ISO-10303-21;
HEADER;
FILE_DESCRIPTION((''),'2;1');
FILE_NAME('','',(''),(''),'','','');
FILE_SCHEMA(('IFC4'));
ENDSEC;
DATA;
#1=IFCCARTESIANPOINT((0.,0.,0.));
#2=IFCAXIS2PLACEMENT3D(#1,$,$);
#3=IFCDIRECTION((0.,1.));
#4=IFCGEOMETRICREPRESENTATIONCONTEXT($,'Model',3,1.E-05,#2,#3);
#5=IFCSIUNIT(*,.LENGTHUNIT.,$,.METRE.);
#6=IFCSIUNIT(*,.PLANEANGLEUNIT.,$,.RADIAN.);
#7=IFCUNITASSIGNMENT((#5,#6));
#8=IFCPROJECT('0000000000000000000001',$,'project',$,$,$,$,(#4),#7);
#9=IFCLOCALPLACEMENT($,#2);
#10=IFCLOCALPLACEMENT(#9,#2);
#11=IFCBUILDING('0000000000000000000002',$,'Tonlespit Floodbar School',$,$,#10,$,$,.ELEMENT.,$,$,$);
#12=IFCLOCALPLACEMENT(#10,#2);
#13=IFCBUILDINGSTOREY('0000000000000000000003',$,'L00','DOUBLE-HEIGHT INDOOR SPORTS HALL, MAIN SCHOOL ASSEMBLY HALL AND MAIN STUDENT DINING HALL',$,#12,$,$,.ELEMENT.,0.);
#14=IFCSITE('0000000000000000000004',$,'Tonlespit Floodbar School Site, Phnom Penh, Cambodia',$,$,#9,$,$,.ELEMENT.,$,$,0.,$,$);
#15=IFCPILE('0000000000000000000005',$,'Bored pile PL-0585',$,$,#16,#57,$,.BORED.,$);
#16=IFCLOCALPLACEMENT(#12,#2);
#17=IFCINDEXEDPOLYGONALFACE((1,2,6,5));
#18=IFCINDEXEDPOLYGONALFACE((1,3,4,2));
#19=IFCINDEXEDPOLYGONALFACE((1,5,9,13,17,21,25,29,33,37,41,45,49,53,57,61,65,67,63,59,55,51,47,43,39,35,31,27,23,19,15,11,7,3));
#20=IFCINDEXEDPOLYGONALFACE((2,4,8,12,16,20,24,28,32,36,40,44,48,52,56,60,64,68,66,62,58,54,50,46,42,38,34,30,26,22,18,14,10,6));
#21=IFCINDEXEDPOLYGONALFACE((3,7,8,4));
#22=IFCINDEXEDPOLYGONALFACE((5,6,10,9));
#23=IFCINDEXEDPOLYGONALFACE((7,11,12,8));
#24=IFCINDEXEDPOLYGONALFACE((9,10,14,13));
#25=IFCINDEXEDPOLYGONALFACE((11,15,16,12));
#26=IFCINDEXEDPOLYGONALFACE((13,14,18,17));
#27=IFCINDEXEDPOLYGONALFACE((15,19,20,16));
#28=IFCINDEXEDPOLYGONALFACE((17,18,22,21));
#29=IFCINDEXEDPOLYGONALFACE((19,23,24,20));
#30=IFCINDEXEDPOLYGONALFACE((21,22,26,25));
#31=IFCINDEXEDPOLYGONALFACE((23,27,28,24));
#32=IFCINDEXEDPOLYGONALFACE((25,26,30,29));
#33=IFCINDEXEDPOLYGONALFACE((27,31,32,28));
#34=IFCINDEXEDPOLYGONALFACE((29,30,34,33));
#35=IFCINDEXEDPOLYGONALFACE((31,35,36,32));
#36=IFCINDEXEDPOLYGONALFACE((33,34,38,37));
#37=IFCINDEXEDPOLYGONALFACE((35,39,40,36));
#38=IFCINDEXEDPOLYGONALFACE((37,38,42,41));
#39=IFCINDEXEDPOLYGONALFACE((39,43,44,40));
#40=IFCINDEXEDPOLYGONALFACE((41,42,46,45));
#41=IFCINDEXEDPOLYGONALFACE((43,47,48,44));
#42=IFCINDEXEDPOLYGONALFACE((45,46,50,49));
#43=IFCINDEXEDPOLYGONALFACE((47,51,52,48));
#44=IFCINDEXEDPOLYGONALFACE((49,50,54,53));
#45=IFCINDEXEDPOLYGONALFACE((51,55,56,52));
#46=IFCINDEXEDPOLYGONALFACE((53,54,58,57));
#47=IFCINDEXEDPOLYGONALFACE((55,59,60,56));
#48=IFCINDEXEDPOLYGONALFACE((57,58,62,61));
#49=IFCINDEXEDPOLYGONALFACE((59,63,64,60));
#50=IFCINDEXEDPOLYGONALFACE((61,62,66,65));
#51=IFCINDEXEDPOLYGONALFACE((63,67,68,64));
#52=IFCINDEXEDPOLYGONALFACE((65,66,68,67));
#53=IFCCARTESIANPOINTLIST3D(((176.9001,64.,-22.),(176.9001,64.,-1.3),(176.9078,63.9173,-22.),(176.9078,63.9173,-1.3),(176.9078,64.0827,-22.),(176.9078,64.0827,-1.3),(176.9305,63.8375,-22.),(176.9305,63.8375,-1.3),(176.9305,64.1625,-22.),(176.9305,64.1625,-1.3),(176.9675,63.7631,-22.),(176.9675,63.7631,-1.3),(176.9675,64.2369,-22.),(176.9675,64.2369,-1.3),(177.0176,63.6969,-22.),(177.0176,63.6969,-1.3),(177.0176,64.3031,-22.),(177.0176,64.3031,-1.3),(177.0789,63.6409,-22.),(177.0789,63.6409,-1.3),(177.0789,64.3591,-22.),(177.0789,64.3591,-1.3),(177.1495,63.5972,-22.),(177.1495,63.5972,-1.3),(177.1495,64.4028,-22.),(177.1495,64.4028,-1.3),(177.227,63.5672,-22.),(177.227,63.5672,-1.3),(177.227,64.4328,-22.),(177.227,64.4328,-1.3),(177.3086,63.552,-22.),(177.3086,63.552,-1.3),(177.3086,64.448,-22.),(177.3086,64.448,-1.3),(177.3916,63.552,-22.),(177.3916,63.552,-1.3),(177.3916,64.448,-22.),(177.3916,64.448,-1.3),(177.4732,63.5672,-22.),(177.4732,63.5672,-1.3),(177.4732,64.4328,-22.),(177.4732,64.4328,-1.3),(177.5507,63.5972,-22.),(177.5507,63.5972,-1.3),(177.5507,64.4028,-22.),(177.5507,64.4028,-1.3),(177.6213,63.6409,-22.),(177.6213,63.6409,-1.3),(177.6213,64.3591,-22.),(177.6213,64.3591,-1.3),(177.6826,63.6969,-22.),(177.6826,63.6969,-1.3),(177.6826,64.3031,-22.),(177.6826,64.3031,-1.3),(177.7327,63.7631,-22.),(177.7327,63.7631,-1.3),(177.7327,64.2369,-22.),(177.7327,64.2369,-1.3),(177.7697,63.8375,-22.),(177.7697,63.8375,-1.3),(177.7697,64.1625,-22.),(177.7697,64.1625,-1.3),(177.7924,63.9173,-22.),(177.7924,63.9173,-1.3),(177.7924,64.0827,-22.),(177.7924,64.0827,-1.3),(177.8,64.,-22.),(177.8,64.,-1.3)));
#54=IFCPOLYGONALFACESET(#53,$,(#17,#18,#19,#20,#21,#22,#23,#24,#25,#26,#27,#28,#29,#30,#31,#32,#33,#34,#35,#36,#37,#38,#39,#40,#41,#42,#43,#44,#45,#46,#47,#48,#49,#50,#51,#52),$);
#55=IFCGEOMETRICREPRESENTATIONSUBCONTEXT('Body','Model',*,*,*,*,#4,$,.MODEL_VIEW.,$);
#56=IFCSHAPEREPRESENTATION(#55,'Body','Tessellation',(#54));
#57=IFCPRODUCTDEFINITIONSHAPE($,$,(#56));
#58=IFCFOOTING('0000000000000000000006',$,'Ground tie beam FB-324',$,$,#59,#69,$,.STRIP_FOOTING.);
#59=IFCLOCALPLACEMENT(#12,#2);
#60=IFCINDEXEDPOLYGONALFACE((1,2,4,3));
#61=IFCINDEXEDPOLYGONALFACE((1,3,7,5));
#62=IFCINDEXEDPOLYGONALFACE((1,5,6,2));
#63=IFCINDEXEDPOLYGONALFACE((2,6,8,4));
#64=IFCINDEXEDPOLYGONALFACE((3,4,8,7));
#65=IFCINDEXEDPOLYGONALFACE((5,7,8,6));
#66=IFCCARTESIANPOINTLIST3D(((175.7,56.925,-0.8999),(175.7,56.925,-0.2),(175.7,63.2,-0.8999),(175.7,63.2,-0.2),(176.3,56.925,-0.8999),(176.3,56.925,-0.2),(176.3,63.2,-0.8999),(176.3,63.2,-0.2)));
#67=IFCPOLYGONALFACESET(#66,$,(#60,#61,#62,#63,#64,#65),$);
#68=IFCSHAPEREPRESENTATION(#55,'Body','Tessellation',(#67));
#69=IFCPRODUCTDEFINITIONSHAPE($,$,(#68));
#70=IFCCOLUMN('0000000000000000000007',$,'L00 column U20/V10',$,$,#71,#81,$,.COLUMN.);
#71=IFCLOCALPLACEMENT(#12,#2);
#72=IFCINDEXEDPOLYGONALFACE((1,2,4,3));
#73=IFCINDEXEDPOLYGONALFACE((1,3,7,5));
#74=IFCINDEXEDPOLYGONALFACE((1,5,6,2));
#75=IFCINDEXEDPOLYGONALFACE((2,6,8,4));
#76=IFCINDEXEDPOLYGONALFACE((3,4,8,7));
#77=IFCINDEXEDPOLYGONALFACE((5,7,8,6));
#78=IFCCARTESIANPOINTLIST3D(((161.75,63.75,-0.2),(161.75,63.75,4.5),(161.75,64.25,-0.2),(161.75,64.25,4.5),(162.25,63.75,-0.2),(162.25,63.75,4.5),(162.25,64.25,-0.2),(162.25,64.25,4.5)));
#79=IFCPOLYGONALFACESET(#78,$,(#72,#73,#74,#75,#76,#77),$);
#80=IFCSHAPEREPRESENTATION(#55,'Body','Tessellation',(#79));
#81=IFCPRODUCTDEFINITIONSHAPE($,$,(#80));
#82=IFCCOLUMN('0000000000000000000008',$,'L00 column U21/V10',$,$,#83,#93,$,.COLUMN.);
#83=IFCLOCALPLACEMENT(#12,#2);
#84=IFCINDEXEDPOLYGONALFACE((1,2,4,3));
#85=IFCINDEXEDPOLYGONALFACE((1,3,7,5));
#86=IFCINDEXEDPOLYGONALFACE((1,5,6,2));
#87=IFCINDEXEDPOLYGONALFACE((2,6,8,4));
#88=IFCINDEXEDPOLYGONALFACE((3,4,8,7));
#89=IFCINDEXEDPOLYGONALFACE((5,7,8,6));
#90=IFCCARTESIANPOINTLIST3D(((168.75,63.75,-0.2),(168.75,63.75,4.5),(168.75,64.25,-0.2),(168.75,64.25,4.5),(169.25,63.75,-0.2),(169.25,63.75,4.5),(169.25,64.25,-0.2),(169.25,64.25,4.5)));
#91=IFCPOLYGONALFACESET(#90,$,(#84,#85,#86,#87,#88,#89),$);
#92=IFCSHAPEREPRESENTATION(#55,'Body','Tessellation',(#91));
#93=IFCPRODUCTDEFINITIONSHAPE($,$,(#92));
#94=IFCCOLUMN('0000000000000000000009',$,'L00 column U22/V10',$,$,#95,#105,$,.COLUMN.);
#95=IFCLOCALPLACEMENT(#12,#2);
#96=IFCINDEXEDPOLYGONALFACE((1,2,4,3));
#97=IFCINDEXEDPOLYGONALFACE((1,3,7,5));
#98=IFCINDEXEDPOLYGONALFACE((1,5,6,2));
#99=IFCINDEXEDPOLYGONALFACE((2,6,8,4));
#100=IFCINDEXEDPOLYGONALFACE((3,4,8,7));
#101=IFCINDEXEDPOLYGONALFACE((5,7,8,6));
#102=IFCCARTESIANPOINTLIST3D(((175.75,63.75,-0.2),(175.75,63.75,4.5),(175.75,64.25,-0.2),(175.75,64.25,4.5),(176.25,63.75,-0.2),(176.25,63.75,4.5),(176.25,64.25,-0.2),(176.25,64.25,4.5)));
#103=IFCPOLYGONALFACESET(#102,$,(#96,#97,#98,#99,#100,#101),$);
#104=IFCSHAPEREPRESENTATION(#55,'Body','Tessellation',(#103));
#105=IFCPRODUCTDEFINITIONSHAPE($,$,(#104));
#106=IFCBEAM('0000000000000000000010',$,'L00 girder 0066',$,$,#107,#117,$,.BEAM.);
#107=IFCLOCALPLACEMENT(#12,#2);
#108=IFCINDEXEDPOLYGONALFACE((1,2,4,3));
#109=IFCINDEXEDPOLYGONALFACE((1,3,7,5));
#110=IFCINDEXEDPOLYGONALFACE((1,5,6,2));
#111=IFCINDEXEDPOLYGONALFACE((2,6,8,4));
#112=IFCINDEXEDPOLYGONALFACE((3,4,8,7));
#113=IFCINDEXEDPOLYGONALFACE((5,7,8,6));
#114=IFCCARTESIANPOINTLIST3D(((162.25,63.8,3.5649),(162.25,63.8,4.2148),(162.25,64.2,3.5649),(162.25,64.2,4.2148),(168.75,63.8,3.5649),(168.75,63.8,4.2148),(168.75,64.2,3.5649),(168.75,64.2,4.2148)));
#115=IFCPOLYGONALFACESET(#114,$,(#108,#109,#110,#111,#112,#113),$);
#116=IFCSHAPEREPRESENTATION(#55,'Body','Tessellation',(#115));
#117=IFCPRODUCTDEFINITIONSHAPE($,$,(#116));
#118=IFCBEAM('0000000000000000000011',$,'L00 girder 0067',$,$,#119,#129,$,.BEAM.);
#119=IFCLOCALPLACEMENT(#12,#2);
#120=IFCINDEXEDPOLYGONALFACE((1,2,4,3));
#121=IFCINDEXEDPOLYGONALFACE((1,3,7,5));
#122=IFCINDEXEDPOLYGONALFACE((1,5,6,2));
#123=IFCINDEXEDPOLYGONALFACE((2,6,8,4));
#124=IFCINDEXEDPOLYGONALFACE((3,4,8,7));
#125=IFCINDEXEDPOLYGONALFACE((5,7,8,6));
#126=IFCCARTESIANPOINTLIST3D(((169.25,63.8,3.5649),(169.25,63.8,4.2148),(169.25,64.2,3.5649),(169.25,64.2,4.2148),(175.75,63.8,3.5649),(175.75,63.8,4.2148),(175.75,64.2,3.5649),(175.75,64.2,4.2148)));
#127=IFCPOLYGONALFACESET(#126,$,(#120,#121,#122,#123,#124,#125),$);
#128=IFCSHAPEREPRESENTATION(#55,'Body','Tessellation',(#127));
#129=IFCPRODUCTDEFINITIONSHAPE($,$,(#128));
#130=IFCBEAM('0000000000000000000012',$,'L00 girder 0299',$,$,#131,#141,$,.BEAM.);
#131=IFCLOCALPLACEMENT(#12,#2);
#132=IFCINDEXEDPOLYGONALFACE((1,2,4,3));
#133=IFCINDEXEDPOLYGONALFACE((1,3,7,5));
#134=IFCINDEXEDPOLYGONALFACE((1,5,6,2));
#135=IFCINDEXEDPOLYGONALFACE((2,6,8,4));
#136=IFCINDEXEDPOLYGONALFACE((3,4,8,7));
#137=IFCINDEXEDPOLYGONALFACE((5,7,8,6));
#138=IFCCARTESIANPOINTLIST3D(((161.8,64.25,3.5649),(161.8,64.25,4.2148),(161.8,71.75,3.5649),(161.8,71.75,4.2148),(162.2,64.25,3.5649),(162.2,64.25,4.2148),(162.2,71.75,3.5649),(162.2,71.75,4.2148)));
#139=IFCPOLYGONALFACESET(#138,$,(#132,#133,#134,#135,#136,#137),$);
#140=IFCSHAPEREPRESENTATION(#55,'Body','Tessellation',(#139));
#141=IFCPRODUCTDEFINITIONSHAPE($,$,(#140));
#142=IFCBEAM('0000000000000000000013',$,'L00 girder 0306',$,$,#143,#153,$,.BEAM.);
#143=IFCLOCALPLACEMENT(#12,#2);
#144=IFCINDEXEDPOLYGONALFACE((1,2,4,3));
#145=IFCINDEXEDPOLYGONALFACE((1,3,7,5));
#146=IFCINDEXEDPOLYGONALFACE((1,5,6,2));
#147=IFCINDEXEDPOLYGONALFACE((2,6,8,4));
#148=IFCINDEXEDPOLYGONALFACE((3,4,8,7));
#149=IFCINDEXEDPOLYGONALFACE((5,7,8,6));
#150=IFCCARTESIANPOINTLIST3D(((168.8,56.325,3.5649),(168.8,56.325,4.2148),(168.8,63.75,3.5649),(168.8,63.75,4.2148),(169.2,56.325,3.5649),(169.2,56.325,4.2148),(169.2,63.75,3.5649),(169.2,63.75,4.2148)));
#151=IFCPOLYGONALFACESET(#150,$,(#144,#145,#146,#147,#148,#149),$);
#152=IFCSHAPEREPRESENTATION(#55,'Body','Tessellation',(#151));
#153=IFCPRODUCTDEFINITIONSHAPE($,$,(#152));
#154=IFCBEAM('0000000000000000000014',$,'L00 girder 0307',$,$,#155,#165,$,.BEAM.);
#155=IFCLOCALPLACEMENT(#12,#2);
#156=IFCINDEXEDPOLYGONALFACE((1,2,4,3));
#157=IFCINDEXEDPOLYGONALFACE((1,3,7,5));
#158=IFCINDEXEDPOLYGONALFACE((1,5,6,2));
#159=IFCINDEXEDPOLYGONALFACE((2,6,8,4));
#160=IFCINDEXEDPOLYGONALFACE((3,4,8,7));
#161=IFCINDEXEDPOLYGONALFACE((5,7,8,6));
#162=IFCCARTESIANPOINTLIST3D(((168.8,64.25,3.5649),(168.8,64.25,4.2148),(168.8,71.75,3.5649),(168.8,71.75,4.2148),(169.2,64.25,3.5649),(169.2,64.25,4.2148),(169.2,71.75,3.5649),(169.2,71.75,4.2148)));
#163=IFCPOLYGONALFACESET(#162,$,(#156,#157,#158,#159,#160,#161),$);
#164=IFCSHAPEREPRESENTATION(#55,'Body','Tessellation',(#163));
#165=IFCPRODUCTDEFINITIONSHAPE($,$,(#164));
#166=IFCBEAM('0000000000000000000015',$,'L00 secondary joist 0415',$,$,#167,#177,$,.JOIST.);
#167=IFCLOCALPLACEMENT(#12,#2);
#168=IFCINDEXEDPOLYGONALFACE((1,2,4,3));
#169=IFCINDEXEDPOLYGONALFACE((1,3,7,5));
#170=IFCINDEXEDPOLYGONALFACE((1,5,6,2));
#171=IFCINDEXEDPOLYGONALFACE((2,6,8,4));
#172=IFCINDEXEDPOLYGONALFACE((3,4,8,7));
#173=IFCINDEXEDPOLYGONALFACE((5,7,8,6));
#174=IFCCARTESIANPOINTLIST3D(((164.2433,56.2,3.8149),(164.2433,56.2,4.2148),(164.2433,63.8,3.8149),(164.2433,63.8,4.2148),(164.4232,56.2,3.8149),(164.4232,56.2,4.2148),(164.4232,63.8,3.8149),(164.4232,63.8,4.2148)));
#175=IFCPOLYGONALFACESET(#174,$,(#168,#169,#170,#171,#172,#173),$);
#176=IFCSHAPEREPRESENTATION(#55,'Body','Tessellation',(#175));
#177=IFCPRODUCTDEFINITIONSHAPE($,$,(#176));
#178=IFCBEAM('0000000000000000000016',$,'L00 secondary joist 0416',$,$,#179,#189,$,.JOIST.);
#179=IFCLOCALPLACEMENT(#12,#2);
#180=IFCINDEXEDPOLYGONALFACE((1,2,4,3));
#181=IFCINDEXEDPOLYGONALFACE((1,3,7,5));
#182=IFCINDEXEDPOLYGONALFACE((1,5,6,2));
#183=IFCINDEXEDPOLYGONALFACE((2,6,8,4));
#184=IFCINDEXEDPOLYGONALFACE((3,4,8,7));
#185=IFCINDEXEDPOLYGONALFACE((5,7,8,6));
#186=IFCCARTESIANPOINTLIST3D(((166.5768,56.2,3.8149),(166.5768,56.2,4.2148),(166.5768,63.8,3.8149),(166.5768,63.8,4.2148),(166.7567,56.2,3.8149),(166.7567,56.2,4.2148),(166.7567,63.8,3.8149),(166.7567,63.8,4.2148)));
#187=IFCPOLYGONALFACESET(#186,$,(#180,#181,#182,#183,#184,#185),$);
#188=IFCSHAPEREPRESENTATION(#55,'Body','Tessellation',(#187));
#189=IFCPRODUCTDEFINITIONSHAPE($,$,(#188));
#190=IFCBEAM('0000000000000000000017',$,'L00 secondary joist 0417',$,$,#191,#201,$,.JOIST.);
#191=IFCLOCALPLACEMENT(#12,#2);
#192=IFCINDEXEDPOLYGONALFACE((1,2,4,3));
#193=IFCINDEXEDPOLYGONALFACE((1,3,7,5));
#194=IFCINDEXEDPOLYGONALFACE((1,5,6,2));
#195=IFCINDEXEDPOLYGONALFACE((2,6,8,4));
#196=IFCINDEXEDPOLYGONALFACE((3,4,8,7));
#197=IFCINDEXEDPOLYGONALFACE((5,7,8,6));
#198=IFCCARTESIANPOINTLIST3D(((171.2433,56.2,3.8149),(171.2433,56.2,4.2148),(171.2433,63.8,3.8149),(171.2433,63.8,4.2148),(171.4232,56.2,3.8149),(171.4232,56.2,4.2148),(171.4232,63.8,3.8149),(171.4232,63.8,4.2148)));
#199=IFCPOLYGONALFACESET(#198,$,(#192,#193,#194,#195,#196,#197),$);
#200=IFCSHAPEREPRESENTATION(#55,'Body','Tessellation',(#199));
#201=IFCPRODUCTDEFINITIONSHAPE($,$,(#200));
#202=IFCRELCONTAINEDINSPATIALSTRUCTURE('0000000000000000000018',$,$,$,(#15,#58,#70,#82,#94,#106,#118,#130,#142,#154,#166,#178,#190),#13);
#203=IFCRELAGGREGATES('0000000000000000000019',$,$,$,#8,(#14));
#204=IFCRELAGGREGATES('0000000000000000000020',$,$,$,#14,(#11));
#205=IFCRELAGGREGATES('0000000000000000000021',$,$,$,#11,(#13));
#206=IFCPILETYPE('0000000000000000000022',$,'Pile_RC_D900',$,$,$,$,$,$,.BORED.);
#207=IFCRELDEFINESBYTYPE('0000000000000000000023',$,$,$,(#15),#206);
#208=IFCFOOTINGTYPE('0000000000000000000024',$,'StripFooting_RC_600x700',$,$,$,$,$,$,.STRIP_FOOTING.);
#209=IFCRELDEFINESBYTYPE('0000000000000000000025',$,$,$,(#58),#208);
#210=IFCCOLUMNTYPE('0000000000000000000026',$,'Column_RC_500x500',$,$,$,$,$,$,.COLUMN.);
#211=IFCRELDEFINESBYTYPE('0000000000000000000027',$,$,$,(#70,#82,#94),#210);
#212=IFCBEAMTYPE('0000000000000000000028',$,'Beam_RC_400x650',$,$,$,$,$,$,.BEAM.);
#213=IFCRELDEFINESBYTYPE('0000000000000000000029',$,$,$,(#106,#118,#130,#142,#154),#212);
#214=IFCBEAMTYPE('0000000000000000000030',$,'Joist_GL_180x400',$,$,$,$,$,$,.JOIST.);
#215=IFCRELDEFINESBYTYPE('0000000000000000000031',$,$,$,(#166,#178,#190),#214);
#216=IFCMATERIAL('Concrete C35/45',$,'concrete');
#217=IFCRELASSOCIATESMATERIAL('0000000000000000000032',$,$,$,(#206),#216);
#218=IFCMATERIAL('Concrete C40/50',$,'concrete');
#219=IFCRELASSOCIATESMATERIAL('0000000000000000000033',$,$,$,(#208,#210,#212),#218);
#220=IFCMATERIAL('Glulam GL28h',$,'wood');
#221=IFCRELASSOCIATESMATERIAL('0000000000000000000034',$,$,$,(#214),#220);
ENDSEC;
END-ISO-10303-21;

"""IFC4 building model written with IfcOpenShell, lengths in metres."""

from ifc_helpers import new_model, si_unit, direction, frame, origin, origin_2d, place, context, subcontext, project, spatial, rectangle, circle, extrude, material, material_profile, profile_set, type_object, element, save


model = new_model("IFC4")

# Units and contexts
model_context = context("Model", 3, precision=1e-05, world=origin(), true_north=direction((0.0, 1.0)))
body_context = subcontext(model_context, "Body", "Model", "MODEL_VIEW")
ifc_project = project(units=[si_unit("LENGTHUNIT", "METRE"), si_unit("PLANEANGLEUNIT", "RADIAN")], contexts=[model_context])

# Site, building, storey
site_placement = place(None, origin())
site = spatial("IfcSite", under=ifc_project, at=site_placement, Name="Tonlespit Floodbar School Site, Phnom Penh, Cambodia", CompositionType="ELEMENT", RefElevation=0.0)
building_placement = place(site_placement, origin())
building = spatial("IfcBuilding", under=site, at=building_placement, Name="Tonlespit Floodbar School", CompositionType="ELEMENT")
storey_placement = place(building_placement, origin())
storey = spatial("IfcBuildingStorey", under=building, at=storey_placement, Name="L00", Description="DOUBLE-HEIGHT INDOOR SPORTS HALL, MAIN SCHOOL ASSEMBLY HALL AND MAIN STUDENT DINING HALL", CompositionType="ELEMENT", Elevation=0.0)

# Shared definitions
ifc_material_1 = material(Name="Concrete C40/50", Category="concrete")

# Pile
ifc_material_2 = material(Name="Concrete C35/45", Category="concrete")
ifc_material_profile_1 = material_profile(ifc_material_2, circle(Radius=0.45, at=origin_2d()), Name="BP D900")
ifc_profile_set_1 = profile_set([ifc_material_profile_1], Name="Concrete C35/45")
pile_type = type_object("IfcPileType", Name="Pile_RC_D900", PredefinedType="BORED", material=ifc_profile_set_1)
for number, where, z_axis, x_axis, name in (
    (1, (177.3501, 64.0, -1.3), (0.0, 0.0, -1.0), (1.0, 0.0, 0.0), "Bored pile PL-0585"),
):
    element("IfcPile", number, at=place(storey_placement, frame(where, z_axis=z_axis, x_axis=x_axis)), inside=storey, type_object=pile_type, Name=name, PredefinedType="BORED", context=body_context, shape_type="SweptSolid", body=[
        extrude(circle(Radius=0.45, at=origin_2d()), origin(), (0.0, 0.0, 1.0), 20.7),
    ])

# Footing
footing_type_1 = type_object("IfcFootingType", Name="StripFooting_RC_600x700", PredefinedType="STRIP_FOOTING", material=ifc_material_1)
footing_1_placement = place(storey_placement, frame((176.0, 60.0625, -0.8999), z_axis=(0.0, 0.0, 1.0), x_axis=(0.0, 1.0, 0.0)))
element("IfcFooting", 2, at=footing_1_placement, inside=storey, type_object=footing_type_1, Name="Ground tie beam FB-324", PredefinedType="STRIP_FOOTING", context=body_context, shape_type="SweptSolid", body=[
    extrude(rectangle(XDim=6.2749, YDim=0.6001, at=origin_2d()), origin(), (0.0, 0.0, 1.0), 0.7),
])

# Columns
ifc_material_profile_2 = material_profile(ifc_material_1, rectangle(XDim=0.5, YDim=0.5, at=origin_2d()), Name="RC 500x500")
ifc_profile_set_2 = profile_set([ifc_material_profile_2], Name="Concrete C40/50")
column_type = type_object("IfcColumnType", Name="Column_RC_500x500", PredefinedType="COLUMN", material=ifc_profile_set_2)
for number, where, z_axis, x_axis, name in (
    (3, (162.0, 64.0, -0.2), (0.0, 0.0, 1.0), (1.0, 0.0, 0.0), "L00 column U20/V10"),
    (4, (169.0, 64.0, -0.2), (0.0, 0.0, 1.0), (1.0, 0.0, 0.0), "L00 column U21/V10"),
    (5, (176.0, 64.0, -0.2), (0.0, 0.0, 1.0), (1.0, 0.0, 0.0), "L00 column U22/V10"),
):
    element("IfcColumn", number, at=place(storey_placement, frame(where, z_axis=z_axis, x_axis=x_axis)), inside=storey, type_object=column_type, Name=name, PredefinedType="COLUMN", context=body_context, shape_type="SweptSolid", body=[
        extrude(rectangle(XDim=0.5, YDim=0.5, at=origin_2d()), origin(), (0.0, 0.0, 1.0), 4.7),
    ])

# Beams
ifc_material_profile_3 = material_profile(ifc_material_1, rectangle(XDim=0.3999, YDim=0.6499, at=origin_2d()), Name="RC 400x650")
ifc_profile_set_3 = profile_set([ifc_material_profile_3], Name="Concrete C40/50")
beam_type_1 = type_object("IfcBeamType", Name="Beam_RC_400x650", PredefinedType="BEAM", material=ifc_profile_set_3)
for number, where, z_axis, x_axis, name in (
    (6, (162.25, 64.0, 3.8899), (1.0, 0.0, 0.0), (0.0, 1.0, 0.0), "L00 girder 0066"),
    (7, (169.25, 64.0, 3.8899), (1.0, 0.0, 0.0), (0.0, 1.0, 0.0), "L00 girder 0067"),
):
    element("IfcBeam", number, at=place(storey_placement, frame(where, z_axis=z_axis, x_axis=x_axis)), inside=storey, type_object=beam_type_1, Name=name, PredefinedType="BEAM", context=body_context, shape_type="SweptSolid", body=[
        extrude(rectangle(XDim=0.3999, YDim=0.6499, at=origin_2d()), origin(), (0.0, 0.0, 1.0), 6.5),
    ])
beam_1_placement = place(storey_placement, frame((162.0, 64.25, 3.8899), z_axis=(0.0, 1.0, 0.0), x_axis=(-1.0, 0.0, 0.0)))
element("IfcBeam", 8, at=beam_1_placement, inside=storey, type_object=beam_type_1, Name="L00 girder 0299", PredefinedType="BEAM", context=body_context, shape_type="SweptSolid", body=[
    extrude(rectangle(XDim=0.3999, YDim=0.6499, at=origin_2d()), origin(), (0.0, 0.0, 1.0), 7.5),
])
beam_2_placement = place(storey_placement, frame((169.0, 56.325, 3.8899), z_axis=(0.0, 1.0, 0.0), x_axis=(-1.0, 0.0, 0.0)))
element("IfcBeam", 9, at=beam_2_placement, inside=storey, type_object=beam_type_1, Name="L00 girder 0306", PredefinedType="BEAM", context=body_context, shape_type="SweptSolid", body=[
    extrude(rectangle(XDim=0.3999, YDim=0.6499, at=origin_2d()), origin(), (0.0, 0.0, 1.0), 7.425),
])
beam_3_placement = place(storey_placement, frame((169.0, 64.25, 3.8899), z_axis=(0.0, 1.0, 0.0), x_axis=(-1.0, 0.0, 0.0)))
element("IfcBeam", 10, at=beam_3_placement, inside=storey, type_object=beam_type_1, Name="L00 girder 0307", PredefinedType="BEAM", context=body_context, shape_type="SweptSolid", body=[
    extrude(rectangle(XDim=0.3999, YDim=0.6499, at=origin_2d()), origin(), (0.0, 0.0, 1.0), 7.5),
])
ifc_material_3 = material(Name="Glulam GL28h", Category="wood")
ifc_material_profile_4 = material_profile(ifc_material_3, rectangle(XDim=0.1799, YDim=0.3999, at=origin_2d()), Name="GL 180x400")
ifc_profile_set_4 = profile_set([ifc_material_profile_4], Name="Glulam GL28h")
beam_type_2 = type_object("IfcBeamType", Name="Joist_GL_180x400", PredefinedType="JOIST", material=ifc_profile_set_4)
for number, where, z_axis, x_axis, name in (
    (11, (164.3333, 56.2, 4.0149), (0.0, 1.0, 0.0), (-1.0, 0.0, 0.0), "L00 secondary joist 0415"),
    (12, (166.6667, 56.2, 4.0149), (0.0, 1.0, 0.0), (-1.0, 0.0, 0.0), "L00 secondary joist 0416"),
    (13, (171.3333, 56.2, 4.0149), (0.0, 1.0, 0.0), (-1.0, 0.0, 0.0), "L00 secondary joist 0417"),
):
    element("IfcBeam", number, at=place(storey_placement, frame(where, z_axis=z_axis, x_axis=x_axis)), inside=storey, type_object=beam_type_2, Name=name, PredefinedType="JOIST", context=body_context, shape_type="SweptSolid", body=[
        extrude(rectangle(XDim=0.1799, YDim=0.3999, at=origin_2d()), origin(), (0.0, 0.0, 1.0), 7.6001),
    ])

save(model, "model.ifc")
